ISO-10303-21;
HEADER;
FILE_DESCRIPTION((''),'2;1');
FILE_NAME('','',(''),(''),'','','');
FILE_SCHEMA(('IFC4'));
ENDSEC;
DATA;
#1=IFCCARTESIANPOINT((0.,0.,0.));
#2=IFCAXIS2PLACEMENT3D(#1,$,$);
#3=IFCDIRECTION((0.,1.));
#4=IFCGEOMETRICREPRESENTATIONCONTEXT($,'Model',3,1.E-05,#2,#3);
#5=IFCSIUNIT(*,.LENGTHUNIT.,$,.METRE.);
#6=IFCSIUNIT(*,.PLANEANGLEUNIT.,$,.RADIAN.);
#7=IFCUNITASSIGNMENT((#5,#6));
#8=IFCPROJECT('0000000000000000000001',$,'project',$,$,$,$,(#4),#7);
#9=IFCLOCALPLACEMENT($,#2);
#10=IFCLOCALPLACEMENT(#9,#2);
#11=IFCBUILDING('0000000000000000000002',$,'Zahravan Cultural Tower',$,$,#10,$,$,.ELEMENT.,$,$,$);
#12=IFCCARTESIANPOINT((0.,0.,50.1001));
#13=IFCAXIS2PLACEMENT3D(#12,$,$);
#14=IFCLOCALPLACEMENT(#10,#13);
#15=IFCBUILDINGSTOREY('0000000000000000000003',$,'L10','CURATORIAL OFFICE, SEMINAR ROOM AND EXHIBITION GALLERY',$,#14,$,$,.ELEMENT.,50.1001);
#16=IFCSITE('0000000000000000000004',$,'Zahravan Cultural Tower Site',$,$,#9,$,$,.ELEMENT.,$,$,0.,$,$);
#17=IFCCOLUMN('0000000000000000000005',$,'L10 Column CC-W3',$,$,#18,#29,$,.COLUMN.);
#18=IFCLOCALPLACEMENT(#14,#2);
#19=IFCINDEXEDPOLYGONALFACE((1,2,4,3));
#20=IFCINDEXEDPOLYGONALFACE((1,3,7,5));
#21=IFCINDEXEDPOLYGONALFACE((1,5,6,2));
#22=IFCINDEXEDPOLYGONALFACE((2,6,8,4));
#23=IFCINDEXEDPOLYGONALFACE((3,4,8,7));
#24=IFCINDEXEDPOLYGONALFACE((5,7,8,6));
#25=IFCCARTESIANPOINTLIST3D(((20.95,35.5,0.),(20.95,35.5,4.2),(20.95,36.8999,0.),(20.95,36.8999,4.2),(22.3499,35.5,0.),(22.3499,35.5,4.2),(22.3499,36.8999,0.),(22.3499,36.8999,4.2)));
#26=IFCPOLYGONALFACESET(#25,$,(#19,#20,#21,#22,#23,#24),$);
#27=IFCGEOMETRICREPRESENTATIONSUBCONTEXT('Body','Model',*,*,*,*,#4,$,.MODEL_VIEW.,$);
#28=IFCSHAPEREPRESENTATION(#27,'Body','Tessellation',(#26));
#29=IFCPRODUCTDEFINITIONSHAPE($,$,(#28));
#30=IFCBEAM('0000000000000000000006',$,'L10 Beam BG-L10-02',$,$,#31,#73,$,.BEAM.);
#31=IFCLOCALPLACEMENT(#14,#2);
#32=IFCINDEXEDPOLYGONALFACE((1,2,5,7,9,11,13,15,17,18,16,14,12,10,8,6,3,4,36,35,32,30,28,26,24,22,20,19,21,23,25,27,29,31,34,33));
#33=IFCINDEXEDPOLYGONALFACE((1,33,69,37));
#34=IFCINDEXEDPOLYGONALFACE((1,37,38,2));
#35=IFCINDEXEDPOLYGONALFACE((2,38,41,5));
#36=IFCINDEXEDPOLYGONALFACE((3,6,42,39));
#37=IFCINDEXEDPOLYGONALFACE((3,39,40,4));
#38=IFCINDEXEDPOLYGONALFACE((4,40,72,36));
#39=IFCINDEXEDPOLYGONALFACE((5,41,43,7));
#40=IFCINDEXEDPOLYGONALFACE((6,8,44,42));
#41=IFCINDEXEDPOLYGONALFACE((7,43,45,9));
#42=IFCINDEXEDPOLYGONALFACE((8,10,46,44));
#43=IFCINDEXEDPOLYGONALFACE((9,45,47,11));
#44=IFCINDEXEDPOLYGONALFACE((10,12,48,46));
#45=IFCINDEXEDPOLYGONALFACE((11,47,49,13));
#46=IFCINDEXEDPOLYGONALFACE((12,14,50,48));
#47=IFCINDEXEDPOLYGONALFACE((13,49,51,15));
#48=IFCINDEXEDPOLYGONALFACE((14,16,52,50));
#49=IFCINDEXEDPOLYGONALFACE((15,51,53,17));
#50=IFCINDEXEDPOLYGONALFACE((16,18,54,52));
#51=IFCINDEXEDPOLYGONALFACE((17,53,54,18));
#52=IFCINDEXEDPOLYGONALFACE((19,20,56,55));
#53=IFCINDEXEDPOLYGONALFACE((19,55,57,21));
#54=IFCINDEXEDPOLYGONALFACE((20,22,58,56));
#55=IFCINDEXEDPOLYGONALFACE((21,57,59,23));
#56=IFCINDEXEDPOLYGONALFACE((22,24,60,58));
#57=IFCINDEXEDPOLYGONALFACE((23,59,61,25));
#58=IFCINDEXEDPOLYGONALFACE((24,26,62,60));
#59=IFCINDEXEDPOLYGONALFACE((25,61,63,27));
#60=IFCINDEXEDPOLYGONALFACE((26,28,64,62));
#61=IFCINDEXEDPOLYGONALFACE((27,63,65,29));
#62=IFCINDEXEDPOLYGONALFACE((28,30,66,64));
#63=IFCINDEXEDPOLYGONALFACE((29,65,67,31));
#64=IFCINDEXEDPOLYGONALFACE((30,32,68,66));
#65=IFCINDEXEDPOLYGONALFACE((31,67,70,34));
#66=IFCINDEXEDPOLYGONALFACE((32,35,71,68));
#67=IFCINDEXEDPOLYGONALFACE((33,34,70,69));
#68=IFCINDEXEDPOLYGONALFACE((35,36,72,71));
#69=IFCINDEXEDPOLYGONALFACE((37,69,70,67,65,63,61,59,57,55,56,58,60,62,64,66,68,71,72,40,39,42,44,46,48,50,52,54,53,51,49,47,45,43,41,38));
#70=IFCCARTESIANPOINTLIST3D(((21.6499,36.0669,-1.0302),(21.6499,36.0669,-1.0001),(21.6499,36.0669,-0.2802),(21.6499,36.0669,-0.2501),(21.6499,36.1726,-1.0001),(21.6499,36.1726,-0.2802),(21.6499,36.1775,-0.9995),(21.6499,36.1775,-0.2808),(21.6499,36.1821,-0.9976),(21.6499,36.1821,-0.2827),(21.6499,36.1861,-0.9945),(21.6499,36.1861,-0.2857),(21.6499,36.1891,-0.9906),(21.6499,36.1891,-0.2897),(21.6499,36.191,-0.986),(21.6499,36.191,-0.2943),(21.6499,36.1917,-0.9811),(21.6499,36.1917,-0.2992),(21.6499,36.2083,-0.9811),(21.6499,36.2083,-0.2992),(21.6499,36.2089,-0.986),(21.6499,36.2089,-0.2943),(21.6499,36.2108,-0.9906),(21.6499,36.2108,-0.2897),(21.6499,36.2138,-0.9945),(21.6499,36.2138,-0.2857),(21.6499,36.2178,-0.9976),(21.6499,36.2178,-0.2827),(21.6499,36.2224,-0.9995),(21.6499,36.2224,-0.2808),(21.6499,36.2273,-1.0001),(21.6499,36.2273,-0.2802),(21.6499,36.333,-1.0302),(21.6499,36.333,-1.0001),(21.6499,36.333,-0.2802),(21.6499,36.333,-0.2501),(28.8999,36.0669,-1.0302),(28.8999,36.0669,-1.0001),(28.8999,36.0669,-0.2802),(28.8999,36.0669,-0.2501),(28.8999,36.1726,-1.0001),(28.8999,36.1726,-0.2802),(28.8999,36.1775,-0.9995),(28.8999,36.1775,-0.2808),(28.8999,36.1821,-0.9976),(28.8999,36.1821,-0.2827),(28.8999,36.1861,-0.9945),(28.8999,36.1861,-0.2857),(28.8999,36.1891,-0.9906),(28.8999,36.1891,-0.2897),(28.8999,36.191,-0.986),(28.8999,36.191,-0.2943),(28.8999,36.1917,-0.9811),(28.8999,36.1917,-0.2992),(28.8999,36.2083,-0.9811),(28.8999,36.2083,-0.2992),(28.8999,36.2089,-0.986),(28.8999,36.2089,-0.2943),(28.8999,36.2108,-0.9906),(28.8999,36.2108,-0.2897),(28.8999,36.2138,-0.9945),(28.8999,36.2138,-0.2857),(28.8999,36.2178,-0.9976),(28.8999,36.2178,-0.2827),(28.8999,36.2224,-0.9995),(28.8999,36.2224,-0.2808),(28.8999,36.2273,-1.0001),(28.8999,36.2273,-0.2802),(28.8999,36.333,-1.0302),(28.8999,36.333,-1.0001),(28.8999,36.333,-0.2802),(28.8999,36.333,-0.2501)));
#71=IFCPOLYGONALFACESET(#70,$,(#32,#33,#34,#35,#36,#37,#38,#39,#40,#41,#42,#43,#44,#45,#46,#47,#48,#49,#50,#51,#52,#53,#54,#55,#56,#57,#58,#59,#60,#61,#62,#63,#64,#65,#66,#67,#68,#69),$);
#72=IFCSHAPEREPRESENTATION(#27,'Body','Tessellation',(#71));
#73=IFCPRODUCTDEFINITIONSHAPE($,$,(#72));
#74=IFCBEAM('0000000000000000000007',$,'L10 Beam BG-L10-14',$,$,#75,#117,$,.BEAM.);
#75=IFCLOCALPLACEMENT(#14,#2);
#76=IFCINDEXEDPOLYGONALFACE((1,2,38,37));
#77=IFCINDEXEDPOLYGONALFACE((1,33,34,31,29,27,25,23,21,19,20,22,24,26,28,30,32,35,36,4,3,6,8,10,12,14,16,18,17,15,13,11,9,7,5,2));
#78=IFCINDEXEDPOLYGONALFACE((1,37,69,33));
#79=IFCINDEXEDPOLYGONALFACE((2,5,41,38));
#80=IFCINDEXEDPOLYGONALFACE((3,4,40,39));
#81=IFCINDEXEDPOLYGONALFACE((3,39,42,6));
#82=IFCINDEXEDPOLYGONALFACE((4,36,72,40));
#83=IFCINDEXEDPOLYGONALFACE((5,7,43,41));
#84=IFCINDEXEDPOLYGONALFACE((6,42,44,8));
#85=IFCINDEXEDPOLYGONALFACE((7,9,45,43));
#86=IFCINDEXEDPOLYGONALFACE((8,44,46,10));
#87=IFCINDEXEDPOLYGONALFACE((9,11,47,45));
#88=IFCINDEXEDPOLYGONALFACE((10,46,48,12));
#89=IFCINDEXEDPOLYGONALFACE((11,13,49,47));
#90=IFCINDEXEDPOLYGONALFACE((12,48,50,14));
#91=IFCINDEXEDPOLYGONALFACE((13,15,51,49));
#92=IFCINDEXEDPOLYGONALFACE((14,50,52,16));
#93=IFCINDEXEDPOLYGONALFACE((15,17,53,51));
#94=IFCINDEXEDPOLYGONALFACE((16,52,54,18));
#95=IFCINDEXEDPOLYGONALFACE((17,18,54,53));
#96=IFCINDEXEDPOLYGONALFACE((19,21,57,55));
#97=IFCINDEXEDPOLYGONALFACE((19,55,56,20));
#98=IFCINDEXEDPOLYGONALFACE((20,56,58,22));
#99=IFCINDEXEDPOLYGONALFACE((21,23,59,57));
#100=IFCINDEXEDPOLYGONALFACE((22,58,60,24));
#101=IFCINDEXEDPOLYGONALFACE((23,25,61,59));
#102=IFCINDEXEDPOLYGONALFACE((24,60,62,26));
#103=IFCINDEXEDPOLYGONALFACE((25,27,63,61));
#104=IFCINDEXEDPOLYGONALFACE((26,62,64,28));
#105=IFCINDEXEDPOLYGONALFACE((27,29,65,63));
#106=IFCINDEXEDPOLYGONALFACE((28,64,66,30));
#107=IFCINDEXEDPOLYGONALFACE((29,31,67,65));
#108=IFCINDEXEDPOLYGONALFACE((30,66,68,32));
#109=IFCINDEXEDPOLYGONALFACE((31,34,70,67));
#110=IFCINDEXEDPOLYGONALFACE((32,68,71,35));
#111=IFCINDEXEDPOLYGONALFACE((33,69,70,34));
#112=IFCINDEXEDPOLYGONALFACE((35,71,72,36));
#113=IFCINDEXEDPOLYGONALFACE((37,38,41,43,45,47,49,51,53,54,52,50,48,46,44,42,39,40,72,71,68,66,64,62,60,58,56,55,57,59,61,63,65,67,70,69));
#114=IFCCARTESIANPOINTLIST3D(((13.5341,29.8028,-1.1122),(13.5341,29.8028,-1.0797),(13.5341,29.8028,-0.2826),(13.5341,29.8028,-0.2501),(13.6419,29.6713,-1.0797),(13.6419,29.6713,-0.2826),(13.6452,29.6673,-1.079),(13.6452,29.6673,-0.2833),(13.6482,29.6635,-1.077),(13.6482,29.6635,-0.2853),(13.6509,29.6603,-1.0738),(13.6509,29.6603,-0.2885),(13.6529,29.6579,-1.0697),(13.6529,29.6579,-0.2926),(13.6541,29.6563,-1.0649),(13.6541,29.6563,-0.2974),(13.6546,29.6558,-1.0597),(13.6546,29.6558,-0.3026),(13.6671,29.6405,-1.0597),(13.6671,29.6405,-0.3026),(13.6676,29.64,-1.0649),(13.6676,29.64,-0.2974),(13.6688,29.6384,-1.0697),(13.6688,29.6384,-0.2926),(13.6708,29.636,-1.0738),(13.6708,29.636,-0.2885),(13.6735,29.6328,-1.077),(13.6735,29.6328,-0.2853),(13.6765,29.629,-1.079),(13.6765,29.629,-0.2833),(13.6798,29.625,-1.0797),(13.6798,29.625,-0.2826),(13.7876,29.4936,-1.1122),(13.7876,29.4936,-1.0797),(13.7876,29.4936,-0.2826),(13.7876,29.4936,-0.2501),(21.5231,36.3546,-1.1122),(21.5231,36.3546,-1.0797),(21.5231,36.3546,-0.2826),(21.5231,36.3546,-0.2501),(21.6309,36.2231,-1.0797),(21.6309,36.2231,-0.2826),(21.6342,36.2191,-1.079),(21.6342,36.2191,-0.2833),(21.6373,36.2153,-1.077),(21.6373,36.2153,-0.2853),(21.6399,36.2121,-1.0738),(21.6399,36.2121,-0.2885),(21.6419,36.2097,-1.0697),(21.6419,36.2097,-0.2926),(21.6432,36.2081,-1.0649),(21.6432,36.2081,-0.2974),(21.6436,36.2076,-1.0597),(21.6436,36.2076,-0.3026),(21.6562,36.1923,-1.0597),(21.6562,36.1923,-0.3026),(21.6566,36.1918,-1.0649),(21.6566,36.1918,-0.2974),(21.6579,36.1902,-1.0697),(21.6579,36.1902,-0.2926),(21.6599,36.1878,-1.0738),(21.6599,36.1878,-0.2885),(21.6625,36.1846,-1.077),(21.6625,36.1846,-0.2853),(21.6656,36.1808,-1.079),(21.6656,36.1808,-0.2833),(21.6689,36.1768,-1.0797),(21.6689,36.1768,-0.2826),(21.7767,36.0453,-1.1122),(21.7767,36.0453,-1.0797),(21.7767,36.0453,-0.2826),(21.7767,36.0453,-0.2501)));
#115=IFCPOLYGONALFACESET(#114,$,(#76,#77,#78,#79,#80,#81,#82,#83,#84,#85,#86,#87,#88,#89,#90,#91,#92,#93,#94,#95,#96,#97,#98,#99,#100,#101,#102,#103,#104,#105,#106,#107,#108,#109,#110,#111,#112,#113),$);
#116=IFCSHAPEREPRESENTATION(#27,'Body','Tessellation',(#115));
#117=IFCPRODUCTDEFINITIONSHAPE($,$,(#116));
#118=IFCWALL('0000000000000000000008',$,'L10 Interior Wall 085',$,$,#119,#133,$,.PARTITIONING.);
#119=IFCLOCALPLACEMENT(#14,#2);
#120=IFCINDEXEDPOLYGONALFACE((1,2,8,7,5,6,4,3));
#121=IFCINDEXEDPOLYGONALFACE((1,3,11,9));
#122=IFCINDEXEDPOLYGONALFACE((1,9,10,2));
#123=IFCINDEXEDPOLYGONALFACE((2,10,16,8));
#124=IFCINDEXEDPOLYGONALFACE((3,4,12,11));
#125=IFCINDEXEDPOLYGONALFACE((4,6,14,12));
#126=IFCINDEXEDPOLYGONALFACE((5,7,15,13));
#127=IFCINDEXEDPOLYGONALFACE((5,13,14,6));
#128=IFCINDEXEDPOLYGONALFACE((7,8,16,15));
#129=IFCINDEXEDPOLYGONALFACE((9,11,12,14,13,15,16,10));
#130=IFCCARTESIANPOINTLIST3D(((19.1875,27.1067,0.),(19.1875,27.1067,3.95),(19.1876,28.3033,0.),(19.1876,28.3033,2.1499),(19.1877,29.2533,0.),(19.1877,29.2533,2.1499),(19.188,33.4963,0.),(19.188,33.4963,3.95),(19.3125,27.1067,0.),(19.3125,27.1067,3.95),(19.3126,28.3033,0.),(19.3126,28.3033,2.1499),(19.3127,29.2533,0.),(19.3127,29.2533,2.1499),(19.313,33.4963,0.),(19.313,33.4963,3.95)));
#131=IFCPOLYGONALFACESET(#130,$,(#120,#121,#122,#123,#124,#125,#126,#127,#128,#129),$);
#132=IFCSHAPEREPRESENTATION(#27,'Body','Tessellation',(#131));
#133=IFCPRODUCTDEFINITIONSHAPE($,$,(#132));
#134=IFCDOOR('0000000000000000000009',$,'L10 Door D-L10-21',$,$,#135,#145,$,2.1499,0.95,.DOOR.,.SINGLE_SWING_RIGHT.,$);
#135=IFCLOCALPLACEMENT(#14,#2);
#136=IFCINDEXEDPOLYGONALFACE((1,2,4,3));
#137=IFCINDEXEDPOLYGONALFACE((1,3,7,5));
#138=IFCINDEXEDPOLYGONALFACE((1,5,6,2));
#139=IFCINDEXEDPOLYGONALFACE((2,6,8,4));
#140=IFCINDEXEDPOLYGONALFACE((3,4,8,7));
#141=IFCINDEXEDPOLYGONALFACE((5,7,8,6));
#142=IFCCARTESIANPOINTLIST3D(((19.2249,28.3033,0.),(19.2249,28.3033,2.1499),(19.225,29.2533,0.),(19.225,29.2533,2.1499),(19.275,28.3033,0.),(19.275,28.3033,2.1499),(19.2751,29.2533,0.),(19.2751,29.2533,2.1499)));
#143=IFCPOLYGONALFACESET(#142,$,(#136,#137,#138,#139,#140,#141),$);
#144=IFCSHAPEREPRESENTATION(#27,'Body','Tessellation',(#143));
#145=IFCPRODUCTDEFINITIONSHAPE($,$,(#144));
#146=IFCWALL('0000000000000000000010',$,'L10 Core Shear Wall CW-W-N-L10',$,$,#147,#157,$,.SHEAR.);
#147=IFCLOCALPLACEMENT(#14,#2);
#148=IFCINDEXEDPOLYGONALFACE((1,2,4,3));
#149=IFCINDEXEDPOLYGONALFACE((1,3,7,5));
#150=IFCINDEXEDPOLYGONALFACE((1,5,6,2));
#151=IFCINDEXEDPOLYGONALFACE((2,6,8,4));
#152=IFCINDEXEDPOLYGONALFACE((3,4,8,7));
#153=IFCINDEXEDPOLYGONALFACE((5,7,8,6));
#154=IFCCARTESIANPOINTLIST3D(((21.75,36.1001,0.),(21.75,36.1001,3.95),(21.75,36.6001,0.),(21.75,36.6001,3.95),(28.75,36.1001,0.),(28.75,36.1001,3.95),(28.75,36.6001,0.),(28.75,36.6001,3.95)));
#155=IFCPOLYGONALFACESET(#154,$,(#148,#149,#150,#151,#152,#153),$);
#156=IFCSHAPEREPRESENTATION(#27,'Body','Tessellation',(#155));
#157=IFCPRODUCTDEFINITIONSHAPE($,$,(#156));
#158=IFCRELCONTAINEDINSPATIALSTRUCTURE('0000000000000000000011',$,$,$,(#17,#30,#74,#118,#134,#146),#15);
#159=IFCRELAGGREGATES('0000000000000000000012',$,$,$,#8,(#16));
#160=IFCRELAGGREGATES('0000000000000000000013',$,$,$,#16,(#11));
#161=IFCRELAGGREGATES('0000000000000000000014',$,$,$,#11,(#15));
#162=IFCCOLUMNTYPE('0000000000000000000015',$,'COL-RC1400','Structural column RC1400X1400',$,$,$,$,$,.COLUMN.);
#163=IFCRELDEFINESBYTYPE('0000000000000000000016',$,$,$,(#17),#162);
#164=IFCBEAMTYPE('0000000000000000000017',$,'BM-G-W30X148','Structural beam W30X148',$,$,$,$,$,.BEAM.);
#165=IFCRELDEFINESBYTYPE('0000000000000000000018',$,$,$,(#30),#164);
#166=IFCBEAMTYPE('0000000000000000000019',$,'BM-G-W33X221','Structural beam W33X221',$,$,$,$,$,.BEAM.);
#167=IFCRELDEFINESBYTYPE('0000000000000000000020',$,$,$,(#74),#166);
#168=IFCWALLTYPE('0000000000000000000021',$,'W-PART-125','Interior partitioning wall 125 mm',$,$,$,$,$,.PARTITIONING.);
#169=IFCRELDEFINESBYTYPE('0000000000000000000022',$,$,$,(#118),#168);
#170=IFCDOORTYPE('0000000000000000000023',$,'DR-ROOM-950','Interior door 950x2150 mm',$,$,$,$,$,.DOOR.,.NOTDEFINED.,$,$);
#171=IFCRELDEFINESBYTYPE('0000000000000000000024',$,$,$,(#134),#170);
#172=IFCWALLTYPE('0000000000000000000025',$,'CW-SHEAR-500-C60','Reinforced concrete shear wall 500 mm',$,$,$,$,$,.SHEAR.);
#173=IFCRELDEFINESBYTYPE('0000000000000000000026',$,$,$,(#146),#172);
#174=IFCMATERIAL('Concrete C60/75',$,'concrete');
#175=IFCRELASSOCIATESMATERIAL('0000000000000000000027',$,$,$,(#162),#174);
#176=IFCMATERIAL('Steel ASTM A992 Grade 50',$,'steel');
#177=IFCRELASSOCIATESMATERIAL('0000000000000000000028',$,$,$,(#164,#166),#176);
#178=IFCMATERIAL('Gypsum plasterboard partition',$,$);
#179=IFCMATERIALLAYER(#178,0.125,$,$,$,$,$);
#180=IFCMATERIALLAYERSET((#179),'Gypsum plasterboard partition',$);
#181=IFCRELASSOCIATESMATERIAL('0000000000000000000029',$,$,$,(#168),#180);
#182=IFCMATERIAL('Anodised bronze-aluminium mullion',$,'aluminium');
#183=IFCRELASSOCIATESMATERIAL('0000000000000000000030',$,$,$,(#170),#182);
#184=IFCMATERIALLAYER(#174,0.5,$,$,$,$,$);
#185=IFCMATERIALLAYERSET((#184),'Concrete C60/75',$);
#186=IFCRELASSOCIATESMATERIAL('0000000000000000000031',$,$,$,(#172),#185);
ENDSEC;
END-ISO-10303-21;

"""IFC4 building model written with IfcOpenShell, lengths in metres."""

from ifc_helpers import new_model, si_unit, direction, frame, frame_2d, origin, origin_2d, place, context, subcontext, project, spatial, rectangle, i_section, extrude, source, transform, mapped, material, layer, layer_set, material_profile, profile_set, type_object, element, fill, save


model = new_model("IFC4")

# Units and contexts
model_context = context("Model", 3, precision=1e-05, world=origin(), true_north=direction((0.0, 1.0)))
body_context = subcontext(model_context, "Body", "Model", "MODEL_VIEW")
ifc_project = project(units=[si_unit("LENGTHUNIT", "METRE"), si_unit("PLANEANGLEUNIT", "RADIAN")], contexts=[model_context])

# Site, building, storey
site_placement = place(None, origin())
site = spatial("IfcSite", under=ifc_project, at=site_placement, Name="Zahravan Cultural Tower Site", CompositionType="ELEMENT", RefElevation=0.0)
building_placement = place(site_placement, origin())
building = spatial("IfcBuilding", under=site, at=building_placement, Name="Zahravan Cultural Tower", CompositionType="ELEMENT")
storey_placement = place(building_placement, frame((0.0, 0.0, 50.1001)))
storey = spatial("IfcBuildingStorey", under=building, at=storey_placement, Name="L10", Description="CURATORIAL OFFICE, SEMINAR ROOM AND EXHIBITION GALLERY", CompositionType="ELEMENT", Elevation=50.1001)

# Column
ifc_material_1 = material(Name="Concrete C60/75", Category="concrete")
ifc_material_profile_1 = material_profile(ifc_material_1, rectangle(XDim=1.3999, YDim=1.3999, at=origin_2d()), Name="RC1400X1400")
ifc_profile_set_1 = profile_set([ifc_material_profile_1], Name="Concrete C60/75")
column_type = type_object("IfcColumnType", Name="COL-RC1400", Description="Structural column RC1400X1400", PredefinedType="COLUMN", material=ifc_profile_set_1)
shared_shape_1 = source(origin(), body_context, "Body", "SweptSolid", [
    extrude(rectangle(XDim=1.3999, YDim=1.3999, at=origin_2d()), origin(), (0.0, 0.0, 1.0), 4.2),
])
column_placement = place(storey_placement, frame((21.6499, 36.2, 0.0), z_axis=(0.0, 0.0, 1.0), x_axis=(1.0, 0.0, 0.0)))
element("IfcColumn", 1, at=column_placement, inside=storey, type_object=column_type, Name="L10 Column CC-W3", PredefinedType="COLUMN", context=body_context, shape_type="MappedRepresentation", body=[
    mapped(shared_shape_1, transform((0.0, 0.0, 0.0), x_axis=(1.0, 0.0, 0.0), y_axis=(0.0, 1.0, 0.0), z_axis=(0.0, 0.0, 1.0), scale=1.0)),
])

# Beams
ifc_material_2 = material(Name="Steel ASTM A992 Grade 50", Category="steel")
ifc_material_profile_2 = material_profile(ifc_material_2, i_section(OverallWidth=0.2661, OverallDepth=0.78, WebThickness=0.0166, FlangeThickness=0.03, FilletRadius=0.019, at=origin_2d()), Name="W30X148")
ifc_profile_set_2 = profile_set([ifc_material_profile_2], Name="Steel ASTM A992 Grade 50")
beam_type_1 = type_object("IfcBeamType", Name="BM-G-W30X148", Description="Structural beam W30X148", PredefinedType="BEAM", material=ifc_profile_set_2)
shared_shape_2 = source(origin(), body_context, "Body", "SweptSolid", [
    extrude(i_section(OverallWidth=0.2661, OverallDepth=0.78, WebThickness=0.0166, FlangeThickness=0.03, FilletRadius=0.019, at=origin_2d()), origin(), (0.0, 0.0, 1.0), 7.25),
])
beam_1_placement = place(storey_placement, frame((21.6499, 36.2, -0.6401), z_axis=(1.0, 0.0, 0.0), x_axis=(0.0, 1.0, 0.0)))
element("IfcBeam", 2, at=beam_1_placement, inside=storey, type_object=beam_type_1, Name="L10 Beam BG-L10-02", PredefinedType="BEAM", context=body_context, shape_type="MappedRepresentation", body=[
    mapped(shared_shape_2, transform((0.0, 0.0, 0.0), x_axis=(1.0, 0.0, 0.0), y_axis=(0.0, 1.0, 0.0), z_axis=(0.0, 0.0, 1.0), scale=1.0)),
])
ifc_material_profile_3 = material_profile(ifc_material_2, i_section(OverallWidth=0.3999, OverallDepth=0.8621, WebThickness=0.0198, FlangeThickness=0.0325, FilletRadius=0.02, at=origin_2d()), Name="W33X221")
ifc_profile_set_3 = profile_set([ifc_material_profile_3], Name="Steel ASTM A992 Grade 50")
beam_type_2 = type_object("IfcBeamType", Name="BM-G-W33X221", Description="Structural beam W33X221", PredefinedType="BEAM", material=ifc_profile_set_3)
shared_shape_3 = source(origin(), body_context, "Body", "SweptSolid", [
    extrude(i_section(OverallWidth=0.3999, OverallDepth=0.8621, WebThickness=0.0198, FlangeThickness=0.0325, FilletRadius=0.02, at=origin_2d()), origin(), (0.0, 0.0, 1.0), 10.332),
])
beam_2_placement = place(storey_placement, frame((21.6499, 36.2, -0.6812), z_axis=(-0.773231, -0.634124, 0.0), x_axis=(0.634124, -0.773231, 0.0)))
element("IfcBeam", 3, at=beam_2_placement, inside=storey, type_object=beam_type_2, Name="L10 Beam BG-L10-14", PredefinedType="BEAM", context=body_context, shape_type="MappedRepresentation", body=[
    mapped(shared_shape_3, transform((0.0, 0.0, 0.0), x_axis=(1.0, 0.0, 0.0), y_axis=(0.0, 1.0, 0.0), z_axis=(0.0, 0.0, 1.0), scale=1.0)),
])

# Wall, opening, door
ifc_material_3 = material(Name="Anodised bronze-aluminium mullion", Category="aluminium")
ifc_material_4 = material(Name="Gypsum plasterboard partition")
ifc_layer_1 = layer(ifc_material_4, 0.125)
ifc_layer_set_1 = layer_set([ifc_layer_1], Name="Gypsum plasterboard partition")
wall_type_1 = type_object("IfcWallType", Name="W-PART-125", Description="Interior partitioning wall 125 mm", PredefinedType="PARTITIONING", material=ifc_layer_set_1)
wall_1_placement = place(storey_placement, frame((19.2505, 33.4963, 0.0), z_axis=(0.0, 0.0, 1.0), x_axis=(-0.000076, -1.0, 0.0)))
wall_1 = element("IfcWall", 4, at=wall_1_placement, inside=storey, type_object=wall_type_1, Name="L10 Interior Wall 085", PredefinedType="PARTITIONING", context=body_context, shape_type="SweptSolid", body=[
    extrude(rectangle(XDim=6.3896, YDim=0.125, at=frame_2d((3.1948, 0.0))), origin(), (0.0, 0.0, 1.0), 3.95),
])
opening_1_placement = place(wall_1_placement, frame((4.2429, 0.0, 0.0)))
opening_1 = element("IfcOpeningElement", 5, at=opening_1_placement, cuts=wall_1, PredefinedType="OPENING", context=body_context, shape_type="SweptSolid", body=[
    extrude(rectangle(XDim=0.95, YDim=2.1499, at=frame_2d((0.4751, 1.075))), frame((0.0, 0.0725, 0.0), z_axis=(0.0, -1.0, 0.0), x_axis=(1.0, 0.0, 0.0)), (0.0, 0.0, 1.0), 0.145),
])
door_type_1 = type_object("IfcDoorType", Name="DR-ROOM-950", Description="Interior door 950x2150 mm", OperationType="NOTDEFINED", PredefinedType="DOOR", material=ifc_material_3)
shared_shape_4 = source(origin(), body_context, "Body", "SweptSolid", [
    extrude(rectangle(XDim=0.95, YDim=2.1499, at=frame_2d((0.4751, 1.075))), frame((0.0, 0.0249, 0.0), z_axis=(0.0, -1.0, 0.0), x_axis=(1.0, 0.0, 0.0)), (0.0, 0.0, 1.0), 0.05),
])
door_1_placement = place(opening_1_placement, origin())
door_1 = element("IfcDoor", 6, at=door_1_placement, inside=storey, type_object=door_type_1, Name="L10 Door D-L10-21", OperationType="SINGLE_SWING_RIGHT", OverallHeight=2.1499, OverallWidth=0.95, PredefinedType="DOOR", context=body_context, shape_type="MappedRepresentation", body=[
    mapped(shared_shape_4, transform((0.0, 0.0, 0.0), x_axis=(1.0, 0.0, 0.0), y_axis=(0.0, 1.0, 0.0), z_axis=(0.0, 0.0, 1.0), scale=1.0)),
])
fill(opening_1, door_1)

# Wall
ifc_layer_2 = layer(ifc_material_1, 0.5)
ifc_layer_set_2 = layer_set([ifc_layer_2], Name="Concrete C60/75")
wall_type_2 = type_object("IfcWallType", Name="CW-SHEAR-500-C60", Description="Reinforced concrete shear wall 500 mm", PredefinedType="SHEAR", material=ifc_layer_set_2)
shared_shape_5 = source(origin(), body_context, "Body", "SweptSolid", [
    extrude(rectangle(XDim=7.0, YDim=0.5, at=frame_2d((3.5, 0.0))), origin(), (0.0, 0.0, 1.0), 3.95),
])
wall_2_placement = place(storey_placement, frame((21.75, 36.3501, 0.0), z_axis=(0.0, 0.0, 1.0), x_axis=(1.0, 0.0, 0.0)))
element("IfcWall", 7, at=wall_2_placement, inside=storey, type_object=wall_type_2, Name="L10 Core Shear Wall CW-W-N-L10", PredefinedType="SHEAR", context=body_context, shape_type="MappedRepresentation", body=[
    mapped(shared_shape_5, transform((0.0, 0.0, 0.0), x_axis=(1.0, 0.0, 0.0), y_axis=(0.0, 1.0, 0.0), z_axis=(0.0, 0.0, 1.0), scale=1.0)),
])

save(model, "model.ifc")
